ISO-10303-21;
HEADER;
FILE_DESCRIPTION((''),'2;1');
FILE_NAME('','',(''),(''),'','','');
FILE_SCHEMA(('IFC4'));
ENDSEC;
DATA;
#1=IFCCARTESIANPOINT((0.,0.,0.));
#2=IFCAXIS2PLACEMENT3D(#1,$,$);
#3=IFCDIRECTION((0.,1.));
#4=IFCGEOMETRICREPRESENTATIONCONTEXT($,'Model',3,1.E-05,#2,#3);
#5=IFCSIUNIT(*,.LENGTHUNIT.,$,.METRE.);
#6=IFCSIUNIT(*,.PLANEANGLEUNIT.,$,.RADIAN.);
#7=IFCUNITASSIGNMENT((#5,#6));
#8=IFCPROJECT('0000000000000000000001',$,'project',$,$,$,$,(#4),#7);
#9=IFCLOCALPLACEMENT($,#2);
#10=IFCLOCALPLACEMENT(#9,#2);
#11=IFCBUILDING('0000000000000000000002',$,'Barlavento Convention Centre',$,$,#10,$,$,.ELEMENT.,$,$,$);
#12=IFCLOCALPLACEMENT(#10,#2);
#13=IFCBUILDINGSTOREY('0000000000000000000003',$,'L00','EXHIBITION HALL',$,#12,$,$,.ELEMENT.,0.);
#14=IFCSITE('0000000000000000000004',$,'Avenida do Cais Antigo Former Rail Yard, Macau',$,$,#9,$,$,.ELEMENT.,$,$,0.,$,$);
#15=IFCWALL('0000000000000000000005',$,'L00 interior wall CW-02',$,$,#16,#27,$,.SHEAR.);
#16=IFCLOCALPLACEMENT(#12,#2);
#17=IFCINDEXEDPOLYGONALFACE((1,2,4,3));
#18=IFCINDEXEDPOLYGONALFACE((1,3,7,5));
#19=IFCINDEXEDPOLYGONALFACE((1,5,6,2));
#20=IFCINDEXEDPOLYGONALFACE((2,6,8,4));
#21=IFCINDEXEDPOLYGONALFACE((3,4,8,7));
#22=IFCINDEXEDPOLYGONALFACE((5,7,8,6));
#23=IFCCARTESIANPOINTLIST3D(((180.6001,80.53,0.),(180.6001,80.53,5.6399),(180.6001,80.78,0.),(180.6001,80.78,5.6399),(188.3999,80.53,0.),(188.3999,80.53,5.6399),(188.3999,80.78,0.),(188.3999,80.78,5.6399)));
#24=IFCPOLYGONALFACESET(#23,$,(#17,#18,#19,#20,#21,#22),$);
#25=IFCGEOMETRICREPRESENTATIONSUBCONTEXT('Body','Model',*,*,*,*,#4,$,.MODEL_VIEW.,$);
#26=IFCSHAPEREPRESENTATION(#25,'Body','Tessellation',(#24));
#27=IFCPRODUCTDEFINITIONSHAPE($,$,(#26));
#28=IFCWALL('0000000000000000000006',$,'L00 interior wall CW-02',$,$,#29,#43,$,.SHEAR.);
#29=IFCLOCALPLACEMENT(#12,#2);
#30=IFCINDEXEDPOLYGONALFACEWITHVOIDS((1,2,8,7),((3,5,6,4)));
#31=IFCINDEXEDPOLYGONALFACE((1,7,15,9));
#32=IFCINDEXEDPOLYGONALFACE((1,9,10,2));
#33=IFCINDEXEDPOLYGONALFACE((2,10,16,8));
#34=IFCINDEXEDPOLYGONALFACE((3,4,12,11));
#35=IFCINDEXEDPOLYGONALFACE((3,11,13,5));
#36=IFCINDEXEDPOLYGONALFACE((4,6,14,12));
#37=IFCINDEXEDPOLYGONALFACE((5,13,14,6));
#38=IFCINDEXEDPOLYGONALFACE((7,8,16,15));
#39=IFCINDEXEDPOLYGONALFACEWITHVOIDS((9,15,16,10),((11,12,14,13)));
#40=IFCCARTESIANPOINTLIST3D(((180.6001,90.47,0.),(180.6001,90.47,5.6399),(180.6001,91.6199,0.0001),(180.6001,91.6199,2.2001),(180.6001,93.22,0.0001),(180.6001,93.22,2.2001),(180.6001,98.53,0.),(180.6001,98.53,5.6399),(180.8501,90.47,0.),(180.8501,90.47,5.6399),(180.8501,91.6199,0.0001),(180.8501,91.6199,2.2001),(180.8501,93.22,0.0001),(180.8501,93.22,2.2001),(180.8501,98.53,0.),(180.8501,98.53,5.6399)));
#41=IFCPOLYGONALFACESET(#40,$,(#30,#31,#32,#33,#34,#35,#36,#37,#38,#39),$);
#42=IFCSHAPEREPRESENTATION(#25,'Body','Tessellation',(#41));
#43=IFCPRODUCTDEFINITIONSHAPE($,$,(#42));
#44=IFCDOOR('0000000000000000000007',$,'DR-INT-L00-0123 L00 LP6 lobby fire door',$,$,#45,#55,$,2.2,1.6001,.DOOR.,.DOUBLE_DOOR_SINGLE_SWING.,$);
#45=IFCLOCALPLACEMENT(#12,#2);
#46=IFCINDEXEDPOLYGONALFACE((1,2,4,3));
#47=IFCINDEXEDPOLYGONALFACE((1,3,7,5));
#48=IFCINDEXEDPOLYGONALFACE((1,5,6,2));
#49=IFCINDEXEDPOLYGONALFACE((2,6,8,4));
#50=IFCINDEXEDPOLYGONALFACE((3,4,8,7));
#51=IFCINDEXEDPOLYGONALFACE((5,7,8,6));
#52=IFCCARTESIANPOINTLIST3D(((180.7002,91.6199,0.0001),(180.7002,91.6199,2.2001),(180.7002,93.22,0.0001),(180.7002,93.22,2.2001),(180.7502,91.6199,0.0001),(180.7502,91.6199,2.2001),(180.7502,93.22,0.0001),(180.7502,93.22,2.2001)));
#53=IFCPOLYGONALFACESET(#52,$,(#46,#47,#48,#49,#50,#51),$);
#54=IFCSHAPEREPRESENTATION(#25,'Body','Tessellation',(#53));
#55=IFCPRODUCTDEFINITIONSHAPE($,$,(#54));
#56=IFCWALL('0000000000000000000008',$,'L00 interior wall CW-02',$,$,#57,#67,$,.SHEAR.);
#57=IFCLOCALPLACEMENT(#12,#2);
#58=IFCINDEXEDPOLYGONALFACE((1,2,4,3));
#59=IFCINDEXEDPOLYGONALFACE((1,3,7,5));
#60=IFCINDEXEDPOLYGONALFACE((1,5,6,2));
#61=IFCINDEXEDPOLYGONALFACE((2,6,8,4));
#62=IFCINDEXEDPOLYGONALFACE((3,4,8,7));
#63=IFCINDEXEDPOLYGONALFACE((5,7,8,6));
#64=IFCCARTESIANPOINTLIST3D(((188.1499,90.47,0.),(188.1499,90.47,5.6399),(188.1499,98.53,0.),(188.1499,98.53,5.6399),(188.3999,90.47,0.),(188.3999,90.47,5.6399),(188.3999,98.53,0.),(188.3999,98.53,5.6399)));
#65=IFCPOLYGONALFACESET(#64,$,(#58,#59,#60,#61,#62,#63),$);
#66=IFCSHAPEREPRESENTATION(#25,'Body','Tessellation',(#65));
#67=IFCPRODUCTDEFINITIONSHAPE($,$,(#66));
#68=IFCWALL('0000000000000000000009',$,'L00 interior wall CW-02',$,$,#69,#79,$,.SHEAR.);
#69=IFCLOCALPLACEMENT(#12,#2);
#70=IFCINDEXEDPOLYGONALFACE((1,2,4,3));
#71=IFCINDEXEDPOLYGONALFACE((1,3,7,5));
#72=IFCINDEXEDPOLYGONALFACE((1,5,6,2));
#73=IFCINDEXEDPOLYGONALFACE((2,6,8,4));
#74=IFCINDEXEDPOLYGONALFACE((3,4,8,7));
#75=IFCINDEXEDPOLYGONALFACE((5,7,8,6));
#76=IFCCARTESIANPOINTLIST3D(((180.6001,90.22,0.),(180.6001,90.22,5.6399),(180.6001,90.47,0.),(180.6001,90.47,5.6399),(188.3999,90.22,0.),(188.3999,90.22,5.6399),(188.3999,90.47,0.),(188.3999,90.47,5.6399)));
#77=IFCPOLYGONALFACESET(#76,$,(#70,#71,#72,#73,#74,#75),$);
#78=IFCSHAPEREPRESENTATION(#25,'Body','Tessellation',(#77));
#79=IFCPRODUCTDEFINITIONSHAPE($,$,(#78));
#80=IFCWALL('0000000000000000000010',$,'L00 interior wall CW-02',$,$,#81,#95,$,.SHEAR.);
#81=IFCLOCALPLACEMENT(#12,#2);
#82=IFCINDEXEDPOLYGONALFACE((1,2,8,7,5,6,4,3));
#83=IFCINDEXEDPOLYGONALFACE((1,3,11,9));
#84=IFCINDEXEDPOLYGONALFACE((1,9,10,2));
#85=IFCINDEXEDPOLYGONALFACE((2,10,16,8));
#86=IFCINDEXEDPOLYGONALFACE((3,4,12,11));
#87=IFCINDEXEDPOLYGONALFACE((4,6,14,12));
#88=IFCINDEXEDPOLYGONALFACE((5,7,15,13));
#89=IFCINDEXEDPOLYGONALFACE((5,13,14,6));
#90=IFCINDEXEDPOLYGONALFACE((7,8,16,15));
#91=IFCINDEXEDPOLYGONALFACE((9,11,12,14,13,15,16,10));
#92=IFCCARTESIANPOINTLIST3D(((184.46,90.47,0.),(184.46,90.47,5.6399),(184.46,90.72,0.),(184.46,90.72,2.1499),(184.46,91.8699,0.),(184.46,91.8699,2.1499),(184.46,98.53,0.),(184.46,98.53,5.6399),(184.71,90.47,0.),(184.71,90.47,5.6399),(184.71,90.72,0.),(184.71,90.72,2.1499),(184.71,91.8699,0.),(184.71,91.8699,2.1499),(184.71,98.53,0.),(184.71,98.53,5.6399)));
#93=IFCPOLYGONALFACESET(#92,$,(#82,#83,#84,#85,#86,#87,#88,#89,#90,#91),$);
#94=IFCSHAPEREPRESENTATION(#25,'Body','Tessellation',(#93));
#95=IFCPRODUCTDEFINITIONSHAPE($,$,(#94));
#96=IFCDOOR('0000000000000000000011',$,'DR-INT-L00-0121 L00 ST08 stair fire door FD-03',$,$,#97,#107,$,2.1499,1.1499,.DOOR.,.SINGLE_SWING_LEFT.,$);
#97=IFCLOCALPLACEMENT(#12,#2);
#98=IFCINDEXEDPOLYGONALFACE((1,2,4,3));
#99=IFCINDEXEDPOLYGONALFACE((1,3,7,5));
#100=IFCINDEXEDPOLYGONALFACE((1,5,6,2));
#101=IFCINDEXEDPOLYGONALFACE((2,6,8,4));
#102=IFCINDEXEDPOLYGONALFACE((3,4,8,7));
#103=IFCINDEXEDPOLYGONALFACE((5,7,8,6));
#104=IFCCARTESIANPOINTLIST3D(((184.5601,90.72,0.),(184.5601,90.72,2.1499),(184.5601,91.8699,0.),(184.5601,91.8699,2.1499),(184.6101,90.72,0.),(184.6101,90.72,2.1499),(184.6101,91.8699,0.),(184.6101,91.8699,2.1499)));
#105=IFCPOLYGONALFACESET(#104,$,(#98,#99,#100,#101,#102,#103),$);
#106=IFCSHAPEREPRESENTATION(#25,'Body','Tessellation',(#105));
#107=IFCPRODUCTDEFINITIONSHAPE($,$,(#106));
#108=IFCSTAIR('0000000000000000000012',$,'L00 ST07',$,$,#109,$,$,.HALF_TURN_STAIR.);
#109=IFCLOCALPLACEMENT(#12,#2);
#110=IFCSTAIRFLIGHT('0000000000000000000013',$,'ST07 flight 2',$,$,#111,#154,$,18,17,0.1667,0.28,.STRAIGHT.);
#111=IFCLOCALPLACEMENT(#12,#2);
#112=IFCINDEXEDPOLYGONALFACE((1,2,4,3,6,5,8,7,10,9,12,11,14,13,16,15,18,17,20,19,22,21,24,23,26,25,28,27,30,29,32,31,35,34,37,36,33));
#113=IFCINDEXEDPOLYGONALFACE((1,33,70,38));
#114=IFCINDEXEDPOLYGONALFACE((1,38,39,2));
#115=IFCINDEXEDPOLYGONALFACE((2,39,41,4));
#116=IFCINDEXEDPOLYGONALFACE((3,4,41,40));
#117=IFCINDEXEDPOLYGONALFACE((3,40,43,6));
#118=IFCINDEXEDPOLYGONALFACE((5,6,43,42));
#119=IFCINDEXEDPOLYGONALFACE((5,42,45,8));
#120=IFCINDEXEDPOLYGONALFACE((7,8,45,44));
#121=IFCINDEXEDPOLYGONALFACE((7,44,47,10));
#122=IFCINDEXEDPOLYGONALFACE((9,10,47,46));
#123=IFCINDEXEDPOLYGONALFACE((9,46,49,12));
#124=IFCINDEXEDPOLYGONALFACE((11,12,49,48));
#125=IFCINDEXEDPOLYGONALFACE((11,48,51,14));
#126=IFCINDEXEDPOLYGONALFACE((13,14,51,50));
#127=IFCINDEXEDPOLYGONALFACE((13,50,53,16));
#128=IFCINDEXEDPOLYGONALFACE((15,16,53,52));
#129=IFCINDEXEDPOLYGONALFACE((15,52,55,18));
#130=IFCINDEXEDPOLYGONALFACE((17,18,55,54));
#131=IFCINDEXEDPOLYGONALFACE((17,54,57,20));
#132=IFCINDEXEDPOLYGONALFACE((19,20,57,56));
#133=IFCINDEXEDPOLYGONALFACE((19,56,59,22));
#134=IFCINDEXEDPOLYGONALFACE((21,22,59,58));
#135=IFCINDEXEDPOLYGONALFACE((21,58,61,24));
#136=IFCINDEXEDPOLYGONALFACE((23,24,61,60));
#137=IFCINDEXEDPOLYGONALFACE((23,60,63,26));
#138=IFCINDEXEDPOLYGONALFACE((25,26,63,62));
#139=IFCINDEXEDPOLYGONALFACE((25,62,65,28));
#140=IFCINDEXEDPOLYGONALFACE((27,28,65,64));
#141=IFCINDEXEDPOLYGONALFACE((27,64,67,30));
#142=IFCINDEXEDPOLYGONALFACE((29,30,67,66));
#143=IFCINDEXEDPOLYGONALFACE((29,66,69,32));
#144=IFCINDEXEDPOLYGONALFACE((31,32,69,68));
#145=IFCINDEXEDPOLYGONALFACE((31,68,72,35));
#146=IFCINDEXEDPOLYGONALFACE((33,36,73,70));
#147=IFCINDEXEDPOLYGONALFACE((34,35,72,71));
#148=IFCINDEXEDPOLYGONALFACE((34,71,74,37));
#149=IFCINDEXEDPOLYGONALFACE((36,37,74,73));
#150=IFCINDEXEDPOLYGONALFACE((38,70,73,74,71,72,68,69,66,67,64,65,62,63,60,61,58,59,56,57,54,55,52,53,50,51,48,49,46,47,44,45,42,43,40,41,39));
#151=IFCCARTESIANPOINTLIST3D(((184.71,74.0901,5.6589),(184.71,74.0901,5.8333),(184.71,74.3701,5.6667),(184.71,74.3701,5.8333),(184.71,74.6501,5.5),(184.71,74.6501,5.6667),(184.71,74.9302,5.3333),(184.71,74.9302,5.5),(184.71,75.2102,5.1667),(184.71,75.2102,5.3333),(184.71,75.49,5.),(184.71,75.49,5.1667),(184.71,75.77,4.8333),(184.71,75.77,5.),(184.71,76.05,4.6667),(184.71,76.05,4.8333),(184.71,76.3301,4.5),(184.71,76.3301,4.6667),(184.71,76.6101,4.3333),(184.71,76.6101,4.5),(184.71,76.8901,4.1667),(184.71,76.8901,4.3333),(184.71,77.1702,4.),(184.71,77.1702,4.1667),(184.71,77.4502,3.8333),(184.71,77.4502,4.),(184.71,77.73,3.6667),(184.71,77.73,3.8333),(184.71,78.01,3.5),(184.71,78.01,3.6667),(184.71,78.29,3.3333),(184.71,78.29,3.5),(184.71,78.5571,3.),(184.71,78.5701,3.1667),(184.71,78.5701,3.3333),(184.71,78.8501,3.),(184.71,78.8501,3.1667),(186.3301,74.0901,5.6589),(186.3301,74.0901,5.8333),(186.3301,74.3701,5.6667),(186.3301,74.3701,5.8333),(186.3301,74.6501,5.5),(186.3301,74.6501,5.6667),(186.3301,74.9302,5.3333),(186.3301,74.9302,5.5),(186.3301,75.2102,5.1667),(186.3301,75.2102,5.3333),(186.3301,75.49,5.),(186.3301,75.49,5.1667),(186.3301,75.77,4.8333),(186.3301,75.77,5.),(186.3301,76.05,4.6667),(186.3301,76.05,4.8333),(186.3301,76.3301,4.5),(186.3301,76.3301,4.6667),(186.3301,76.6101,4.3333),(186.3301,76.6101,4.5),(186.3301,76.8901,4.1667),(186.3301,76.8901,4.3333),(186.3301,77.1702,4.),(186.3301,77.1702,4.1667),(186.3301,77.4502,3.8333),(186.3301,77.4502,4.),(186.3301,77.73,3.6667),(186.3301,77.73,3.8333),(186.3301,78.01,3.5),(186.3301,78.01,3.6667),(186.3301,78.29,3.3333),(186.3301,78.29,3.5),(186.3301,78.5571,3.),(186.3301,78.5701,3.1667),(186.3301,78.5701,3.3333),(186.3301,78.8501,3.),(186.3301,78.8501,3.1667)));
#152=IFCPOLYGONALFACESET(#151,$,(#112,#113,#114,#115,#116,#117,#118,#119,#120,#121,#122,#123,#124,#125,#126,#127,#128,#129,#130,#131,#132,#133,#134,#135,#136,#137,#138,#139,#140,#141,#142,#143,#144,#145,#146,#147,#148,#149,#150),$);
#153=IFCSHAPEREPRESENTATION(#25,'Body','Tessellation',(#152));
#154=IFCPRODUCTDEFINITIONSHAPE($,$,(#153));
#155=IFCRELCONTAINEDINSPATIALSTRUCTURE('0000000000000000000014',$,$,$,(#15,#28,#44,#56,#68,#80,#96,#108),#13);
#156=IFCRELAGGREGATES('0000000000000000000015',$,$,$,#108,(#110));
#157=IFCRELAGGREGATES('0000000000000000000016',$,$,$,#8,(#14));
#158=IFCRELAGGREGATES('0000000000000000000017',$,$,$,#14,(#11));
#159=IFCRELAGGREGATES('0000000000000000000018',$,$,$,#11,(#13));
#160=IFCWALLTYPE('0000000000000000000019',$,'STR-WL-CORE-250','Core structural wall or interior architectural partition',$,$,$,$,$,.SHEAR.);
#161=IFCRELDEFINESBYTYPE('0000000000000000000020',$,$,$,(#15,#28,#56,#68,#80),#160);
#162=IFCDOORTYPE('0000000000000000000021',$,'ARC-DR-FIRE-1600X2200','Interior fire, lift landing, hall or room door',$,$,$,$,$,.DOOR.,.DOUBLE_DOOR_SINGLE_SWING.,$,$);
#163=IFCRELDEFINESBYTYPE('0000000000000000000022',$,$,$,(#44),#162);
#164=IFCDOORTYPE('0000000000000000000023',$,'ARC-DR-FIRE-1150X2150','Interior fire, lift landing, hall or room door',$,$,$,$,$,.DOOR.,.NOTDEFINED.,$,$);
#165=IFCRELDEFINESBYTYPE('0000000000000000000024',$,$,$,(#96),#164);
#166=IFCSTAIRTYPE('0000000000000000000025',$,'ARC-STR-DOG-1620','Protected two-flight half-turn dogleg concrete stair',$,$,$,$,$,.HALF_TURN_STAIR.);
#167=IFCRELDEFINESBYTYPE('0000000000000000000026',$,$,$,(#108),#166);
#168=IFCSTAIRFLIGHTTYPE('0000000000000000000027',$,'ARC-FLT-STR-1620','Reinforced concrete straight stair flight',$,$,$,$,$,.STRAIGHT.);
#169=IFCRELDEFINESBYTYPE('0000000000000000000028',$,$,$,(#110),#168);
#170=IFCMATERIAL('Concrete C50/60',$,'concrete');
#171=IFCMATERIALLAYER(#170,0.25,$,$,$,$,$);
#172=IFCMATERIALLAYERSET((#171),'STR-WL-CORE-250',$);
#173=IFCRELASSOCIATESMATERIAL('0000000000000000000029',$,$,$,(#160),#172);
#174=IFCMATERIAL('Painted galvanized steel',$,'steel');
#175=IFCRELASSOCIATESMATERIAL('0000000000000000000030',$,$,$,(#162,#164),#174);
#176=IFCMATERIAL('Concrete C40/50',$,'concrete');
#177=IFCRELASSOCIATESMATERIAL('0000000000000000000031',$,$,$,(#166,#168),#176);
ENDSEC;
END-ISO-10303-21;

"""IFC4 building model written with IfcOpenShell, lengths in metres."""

from ifc_helpers import new_model, si_unit, direction, frame, frame_2d, origin, place, context, subcontext, project, spatial, polyline, rectangle, outline, extrude, material, layer, layer_set, type_object, element, fill, aggregate, save


model = new_model("IFC4")

# Units and contexts
model_context = context("Model", 3, precision=1e-05, world=origin(), true_north=direction((0.0, 1.0)))
body_context = subcontext(model_context, "Body", "Model", "MODEL_VIEW")
ifc_project = project(units=[si_unit("LENGTHUNIT", "METRE"), si_unit("PLANEANGLEUNIT", "RADIAN")], contexts=[model_context])

# Site, building, storey
site_placement = place(None, origin())
site = spatial("IfcSite", under=ifc_project, at=site_placement, Name="Avenida do Cais Antigo Former Rail Yard, Macau", CompositionType="ELEMENT", RefElevation=0.0)
building_placement = place(site_placement, origin())
building = spatial("IfcBuilding", under=site, at=building_placement, Name="Barlavento Convention Centre", CompositionType="ELEMENT")
storey_placement = place(building_placement, origin())
storey = spatial("IfcBuildingStorey", under=building, at=storey_placement, Name="L00", Description="EXHIBITION HALL", CompositionType="ELEMENT", Elevation=0.0)

# Shared definitions
ifc_material_1 = material(Name="Concrete C40/50", Category="concrete")

# Shared definitions
ifc_material_2 = material(Name="Painted galvanized steel", Category="steel")

# Wall
ifc_material_3 = material(Name="Concrete C50/60", Category="concrete")
ifc_layer_1 = layer(ifc_material_3, 0.25)
ifc_layer_set_1 = layer_set([ifc_layer_1], Name="STR-WL-CORE-250")
wall_type_1 = type_object("IfcWallType", Name="STR-WL-CORE-250", Description="Core structural wall or interior architectural partition", PredefinedType="SHEAR", material=ifc_layer_set_1)
wall_1_placement = place(storey_placement, frame((180.6001, 80.655, 0.0), z_axis=(0.0, 0.0, 1.0), x_axis=(1.0, 0.0, 0.0)))
element("IfcWall", 1, at=wall_1_placement, inside=storey, type_object=wall_type_1, Name="L00 interior wall CW-02", PredefinedType="SHEAR", context=body_context, shape_type="SweptSolid", body=[
    extrude(rectangle(XDim=7.7998, YDim=0.25, at=frame_2d((3.8999, 0.0))), origin(), (0.0, 0.0, 1.0), 5.6399),
])

# Wall, opening, door
wall_2_placement = place(storey_placement, frame((180.7251, 90.47, 0.0), z_axis=(0.0, 0.0, 1.0), x_axis=(0.0, 1.0, 0.0)))
wall_2 = element("IfcWall", 2, at=wall_2_placement, inside=storey, type_object=wall_type_1, Name="L00 interior wall CW-02", PredefinedType="SHEAR", context=body_context, shape_type="SweptSolid", body=[
    extrude(rectangle(XDim=8.0601, YDim=0.25, at=frame_2d((4.03, 0.0))), origin(), (0.0, 0.0, 1.0), 5.6399),
])
opening_1_placement = place(wall_2_placement, frame((1.1499, 0.0, 0.0)))
opening_1 = element("IfcOpeningElement", 3, at=opening_1_placement, cuts=wall_2, PredefinedType="OPENING", context=body_context, shape_type="SweptSolid", body=[
    extrude(rectangle(XDim=1.6001, YDim=2.2, at=frame_2d((0.8, 1.1001))), frame((0.0, 0.135, 0.0), z_axis=(0.0, -1.0, 0.0), x_axis=(1.0, 0.0, 0.0)), (0.0, 0.0, 1.0), 0.27),
])
door_type_1 = type_object("IfcDoorType", Name="ARC-DR-FIRE-1600X2200", Description="Interior fire, lift landing, hall or room door", OperationType="DOUBLE_DOOR_SINGLE_SWING", PredefinedType="DOOR", material=ifc_material_2)
door_1_placement = place(opening_1_placement, origin())
door_1 = element("IfcDoor", 4, at=door_1_placement, inside=storey, type_object=door_type_1, Name="DR-INT-L00-0123 L00 LP6 lobby fire door", OperationType="DOUBLE_DOOR_SINGLE_SWING", OverallHeight=2.2, OverallWidth=1.6001, PredefinedType="DOOR", context=body_context, shape_type="SweptSolid", body=[
    extrude(rectangle(XDim=1.6001, YDim=2.2, at=frame_2d((0.8, 1.1001))), frame((0.0, 0.0249, 0.0), z_axis=(0.0, -1.0, 0.0), x_axis=(1.0, 0.0, 0.0)), (0.0, 0.0, 1.0), 0.05),
])
fill(opening_1, door_1)

# Walls
wall_3_placement = place(storey_placement, frame((188.2749, 90.47, 0.0), z_axis=(0.0, 0.0, 1.0), x_axis=(0.0, 1.0, 0.0)))
element("IfcWall", 5, at=wall_3_placement, inside=storey, type_object=wall_type_1, Name="L00 interior wall CW-02", PredefinedType="SHEAR", context=body_context, shape_type="SweptSolid", body=[
    extrude(rectangle(XDim=8.0601, YDim=0.25, at=frame_2d((4.03, 0.0))), origin(), (0.0, 0.0, 1.0), 5.6399),
])
wall_4_placement = place(storey_placement, frame((180.6001, 90.345, 0.0), z_axis=(0.0, 0.0, 1.0), x_axis=(1.0, 0.0, 0.0)))
element("IfcWall", 6, at=wall_4_placement, inside=storey, type_object=wall_type_1, Name="L00 interior wall CW-02", PredefinedType="SHEAR", context=body_context, shape_type="SweptSolid", body=[
    extrude(rectangle(XDim=7.7998, YDim=0.25, at=frame_2d((3.8999, 0.0))), origin(), (0.0, 0.0, 1.0), 5.6399),
])

# Wall, opening, door
wall_5_placement = place(storey_placement, frame((184.585, 90.47, 0.0), z_axis=(0.0, 0.0, 1.0), x_axis=(0.0, 1.0, 0.0)))
wall_5 = element("IfcWall", 7, at=wall_5_placement, inside=storey, type_object=wall_type_1, Name="L00 interior wall CW-02", PredefinedType="SHEAR", context=body_context, shape_type="SweptSolid", body=[
    extrude(rectangle(XDim=8.0601, YDim=0.25, at=frame_2d((4.03, 0.0))), origin(), (0.0, 0.0, 1.0), 5.6399),
])
opening_2_placement = place(wall_5_placement, frame((0.25, 0.0, 0.0)))
opening_2 = element("IfcOpeningElement", 8, at=opening_2_placement, cuts=wall_5, PredefinedType="OPENING", context=body_context, shape_type="SweptSolid", body=[
    extrude(rectangle(XDim=1.1499, YDim=2.1499, at=frame_2d((0.575, 1.075))), frame((0.0, 0.135, 0.0), z_axis=(0.0, -1.0, 0.0), x_axis=(1.0, 0.0, 0.0)), (0.0, 0.0, 1.0), 0.27),
])
door_type_2 = type_object("IfcDoorType", Name="ARC-DR-FIRE-1150X2150", Description="Interior fire, lift landing, hall or room door", OperationType="NOTDEFINED", PredefinedType="DOOR", material=ifc_material_2)
door_2_placement = place(opening_2_placement, origin())
door_2 = element("IfcDoor", 9, at=door_2_placement, inside=storey, type_object=door_type_2, Name="DR-INT-L00-0121 L00 ST08 stair fire door FD-03", OperationType="SINGLE_SWING_LEFT", OverallHeight=2.1499, OverallWidth=1.1499, PredefinedType="DOOR", context=body_context, shape_type="SweptSolid", body=[
    extrude(rectangle(XDim=1.1499, YDim=2.1499, at=frame_2d((0.575, 1.075))), frame((0.0, 0.0249, 0.0), z_axis=(0.0, -1.0, 0.0), x_axis=(1.0, 0.0, 0.0)), (0.0, 0.0, 1.0), 0.05),
])
fill(opening_2, door_2)

# Stair, stair flight
stair_type = type_object("IfcStairType", Name="ARC-STR-DOG-1620", Description="Protected two-flight half-turn dogleg concrete stair", PredefinedType="HALF_TURN_STAIR", material=ifc_material_1)
stair_placement = place(storey_placement, origin())
stair = element("IfcStair", 10, at=stair_placement, inside=storey, type_object=stair_type, Name="L00 ST07", PredefinedType="HALF_TURN_STAIR")
stair_flight_type = type_object("IfcStairFlightType", Name="ARC-FLT-STR-1620", Description="Reinforced concrete straight stair flight", PredefinedType="STRAIGHT", material=ifc_material_1)
stair_flight_placement = place(storey_placement, frame((185.52, 78.8501, 3.0), z_axis=(0.0, 0.0, 1.0), x_axis=(0.0, -1.0, 0.0)))
stair_flight = element("IfcStairFlight", 11, at=stair_flight_placement, type_object=stair_flight_type, Name="ST07 flight 2", NumberOfRisers=18, NumberOfTreads=17, PredefinedType="STRAIGHT", RiserHeight=0.1667, TreadLength=0.28, context=body_context, shape_type="SweptSolid", body=[
    extrude(outline(polyline([(0.0, 0.0), (0.0, 0.1667), (0.28, 0.1667), (0.28, 0.3333), (0.5601, 0.3333), (0.5601, 0.5), (0.8401, 0.5), (0.8401, 0.6667), (1.1201, 0.6667), (1.1201, 0.8333), (1.3999, 0.8333), (1.3999, 1.0), (1.6799, 1.0), (1.6799, 1.1667), (1.96, 1.1667), (1.96, 1.3333), (2.24, 1.3333), (2.24, 1.5), (2.52, 1.5), (2.52, 1.6667), (2.8, 1.6667), (2.8, 1.8333), (3.0801, 1.8333), (3.0801, 2.0), (3.3601, 2.0), (3.3601, 2.1667), (3.6399, 2.1667), (3.6399, 2.3333), (3.9199, 2.3333), (3.9199, 2.5), (4.2, 2.5), (4.2, 2.6667), (4.48, 2.6667), (4.48, 2.8333), (4.76, 2.8333), (4.76, 3.0), (4.76, 2.6589), (0.293, 0.0), (0.0, 0.0)])), frame((0.0, 0.8101, 0.0), z_axis=(0.0, -1.0, 0.0), x_axis=(1.0, 0.0, 0.0)), (0.0, 0.0, 1.0), 1.6201),
])
aggregate(stair, [stair_flight])

save(model, "model.ifc")
